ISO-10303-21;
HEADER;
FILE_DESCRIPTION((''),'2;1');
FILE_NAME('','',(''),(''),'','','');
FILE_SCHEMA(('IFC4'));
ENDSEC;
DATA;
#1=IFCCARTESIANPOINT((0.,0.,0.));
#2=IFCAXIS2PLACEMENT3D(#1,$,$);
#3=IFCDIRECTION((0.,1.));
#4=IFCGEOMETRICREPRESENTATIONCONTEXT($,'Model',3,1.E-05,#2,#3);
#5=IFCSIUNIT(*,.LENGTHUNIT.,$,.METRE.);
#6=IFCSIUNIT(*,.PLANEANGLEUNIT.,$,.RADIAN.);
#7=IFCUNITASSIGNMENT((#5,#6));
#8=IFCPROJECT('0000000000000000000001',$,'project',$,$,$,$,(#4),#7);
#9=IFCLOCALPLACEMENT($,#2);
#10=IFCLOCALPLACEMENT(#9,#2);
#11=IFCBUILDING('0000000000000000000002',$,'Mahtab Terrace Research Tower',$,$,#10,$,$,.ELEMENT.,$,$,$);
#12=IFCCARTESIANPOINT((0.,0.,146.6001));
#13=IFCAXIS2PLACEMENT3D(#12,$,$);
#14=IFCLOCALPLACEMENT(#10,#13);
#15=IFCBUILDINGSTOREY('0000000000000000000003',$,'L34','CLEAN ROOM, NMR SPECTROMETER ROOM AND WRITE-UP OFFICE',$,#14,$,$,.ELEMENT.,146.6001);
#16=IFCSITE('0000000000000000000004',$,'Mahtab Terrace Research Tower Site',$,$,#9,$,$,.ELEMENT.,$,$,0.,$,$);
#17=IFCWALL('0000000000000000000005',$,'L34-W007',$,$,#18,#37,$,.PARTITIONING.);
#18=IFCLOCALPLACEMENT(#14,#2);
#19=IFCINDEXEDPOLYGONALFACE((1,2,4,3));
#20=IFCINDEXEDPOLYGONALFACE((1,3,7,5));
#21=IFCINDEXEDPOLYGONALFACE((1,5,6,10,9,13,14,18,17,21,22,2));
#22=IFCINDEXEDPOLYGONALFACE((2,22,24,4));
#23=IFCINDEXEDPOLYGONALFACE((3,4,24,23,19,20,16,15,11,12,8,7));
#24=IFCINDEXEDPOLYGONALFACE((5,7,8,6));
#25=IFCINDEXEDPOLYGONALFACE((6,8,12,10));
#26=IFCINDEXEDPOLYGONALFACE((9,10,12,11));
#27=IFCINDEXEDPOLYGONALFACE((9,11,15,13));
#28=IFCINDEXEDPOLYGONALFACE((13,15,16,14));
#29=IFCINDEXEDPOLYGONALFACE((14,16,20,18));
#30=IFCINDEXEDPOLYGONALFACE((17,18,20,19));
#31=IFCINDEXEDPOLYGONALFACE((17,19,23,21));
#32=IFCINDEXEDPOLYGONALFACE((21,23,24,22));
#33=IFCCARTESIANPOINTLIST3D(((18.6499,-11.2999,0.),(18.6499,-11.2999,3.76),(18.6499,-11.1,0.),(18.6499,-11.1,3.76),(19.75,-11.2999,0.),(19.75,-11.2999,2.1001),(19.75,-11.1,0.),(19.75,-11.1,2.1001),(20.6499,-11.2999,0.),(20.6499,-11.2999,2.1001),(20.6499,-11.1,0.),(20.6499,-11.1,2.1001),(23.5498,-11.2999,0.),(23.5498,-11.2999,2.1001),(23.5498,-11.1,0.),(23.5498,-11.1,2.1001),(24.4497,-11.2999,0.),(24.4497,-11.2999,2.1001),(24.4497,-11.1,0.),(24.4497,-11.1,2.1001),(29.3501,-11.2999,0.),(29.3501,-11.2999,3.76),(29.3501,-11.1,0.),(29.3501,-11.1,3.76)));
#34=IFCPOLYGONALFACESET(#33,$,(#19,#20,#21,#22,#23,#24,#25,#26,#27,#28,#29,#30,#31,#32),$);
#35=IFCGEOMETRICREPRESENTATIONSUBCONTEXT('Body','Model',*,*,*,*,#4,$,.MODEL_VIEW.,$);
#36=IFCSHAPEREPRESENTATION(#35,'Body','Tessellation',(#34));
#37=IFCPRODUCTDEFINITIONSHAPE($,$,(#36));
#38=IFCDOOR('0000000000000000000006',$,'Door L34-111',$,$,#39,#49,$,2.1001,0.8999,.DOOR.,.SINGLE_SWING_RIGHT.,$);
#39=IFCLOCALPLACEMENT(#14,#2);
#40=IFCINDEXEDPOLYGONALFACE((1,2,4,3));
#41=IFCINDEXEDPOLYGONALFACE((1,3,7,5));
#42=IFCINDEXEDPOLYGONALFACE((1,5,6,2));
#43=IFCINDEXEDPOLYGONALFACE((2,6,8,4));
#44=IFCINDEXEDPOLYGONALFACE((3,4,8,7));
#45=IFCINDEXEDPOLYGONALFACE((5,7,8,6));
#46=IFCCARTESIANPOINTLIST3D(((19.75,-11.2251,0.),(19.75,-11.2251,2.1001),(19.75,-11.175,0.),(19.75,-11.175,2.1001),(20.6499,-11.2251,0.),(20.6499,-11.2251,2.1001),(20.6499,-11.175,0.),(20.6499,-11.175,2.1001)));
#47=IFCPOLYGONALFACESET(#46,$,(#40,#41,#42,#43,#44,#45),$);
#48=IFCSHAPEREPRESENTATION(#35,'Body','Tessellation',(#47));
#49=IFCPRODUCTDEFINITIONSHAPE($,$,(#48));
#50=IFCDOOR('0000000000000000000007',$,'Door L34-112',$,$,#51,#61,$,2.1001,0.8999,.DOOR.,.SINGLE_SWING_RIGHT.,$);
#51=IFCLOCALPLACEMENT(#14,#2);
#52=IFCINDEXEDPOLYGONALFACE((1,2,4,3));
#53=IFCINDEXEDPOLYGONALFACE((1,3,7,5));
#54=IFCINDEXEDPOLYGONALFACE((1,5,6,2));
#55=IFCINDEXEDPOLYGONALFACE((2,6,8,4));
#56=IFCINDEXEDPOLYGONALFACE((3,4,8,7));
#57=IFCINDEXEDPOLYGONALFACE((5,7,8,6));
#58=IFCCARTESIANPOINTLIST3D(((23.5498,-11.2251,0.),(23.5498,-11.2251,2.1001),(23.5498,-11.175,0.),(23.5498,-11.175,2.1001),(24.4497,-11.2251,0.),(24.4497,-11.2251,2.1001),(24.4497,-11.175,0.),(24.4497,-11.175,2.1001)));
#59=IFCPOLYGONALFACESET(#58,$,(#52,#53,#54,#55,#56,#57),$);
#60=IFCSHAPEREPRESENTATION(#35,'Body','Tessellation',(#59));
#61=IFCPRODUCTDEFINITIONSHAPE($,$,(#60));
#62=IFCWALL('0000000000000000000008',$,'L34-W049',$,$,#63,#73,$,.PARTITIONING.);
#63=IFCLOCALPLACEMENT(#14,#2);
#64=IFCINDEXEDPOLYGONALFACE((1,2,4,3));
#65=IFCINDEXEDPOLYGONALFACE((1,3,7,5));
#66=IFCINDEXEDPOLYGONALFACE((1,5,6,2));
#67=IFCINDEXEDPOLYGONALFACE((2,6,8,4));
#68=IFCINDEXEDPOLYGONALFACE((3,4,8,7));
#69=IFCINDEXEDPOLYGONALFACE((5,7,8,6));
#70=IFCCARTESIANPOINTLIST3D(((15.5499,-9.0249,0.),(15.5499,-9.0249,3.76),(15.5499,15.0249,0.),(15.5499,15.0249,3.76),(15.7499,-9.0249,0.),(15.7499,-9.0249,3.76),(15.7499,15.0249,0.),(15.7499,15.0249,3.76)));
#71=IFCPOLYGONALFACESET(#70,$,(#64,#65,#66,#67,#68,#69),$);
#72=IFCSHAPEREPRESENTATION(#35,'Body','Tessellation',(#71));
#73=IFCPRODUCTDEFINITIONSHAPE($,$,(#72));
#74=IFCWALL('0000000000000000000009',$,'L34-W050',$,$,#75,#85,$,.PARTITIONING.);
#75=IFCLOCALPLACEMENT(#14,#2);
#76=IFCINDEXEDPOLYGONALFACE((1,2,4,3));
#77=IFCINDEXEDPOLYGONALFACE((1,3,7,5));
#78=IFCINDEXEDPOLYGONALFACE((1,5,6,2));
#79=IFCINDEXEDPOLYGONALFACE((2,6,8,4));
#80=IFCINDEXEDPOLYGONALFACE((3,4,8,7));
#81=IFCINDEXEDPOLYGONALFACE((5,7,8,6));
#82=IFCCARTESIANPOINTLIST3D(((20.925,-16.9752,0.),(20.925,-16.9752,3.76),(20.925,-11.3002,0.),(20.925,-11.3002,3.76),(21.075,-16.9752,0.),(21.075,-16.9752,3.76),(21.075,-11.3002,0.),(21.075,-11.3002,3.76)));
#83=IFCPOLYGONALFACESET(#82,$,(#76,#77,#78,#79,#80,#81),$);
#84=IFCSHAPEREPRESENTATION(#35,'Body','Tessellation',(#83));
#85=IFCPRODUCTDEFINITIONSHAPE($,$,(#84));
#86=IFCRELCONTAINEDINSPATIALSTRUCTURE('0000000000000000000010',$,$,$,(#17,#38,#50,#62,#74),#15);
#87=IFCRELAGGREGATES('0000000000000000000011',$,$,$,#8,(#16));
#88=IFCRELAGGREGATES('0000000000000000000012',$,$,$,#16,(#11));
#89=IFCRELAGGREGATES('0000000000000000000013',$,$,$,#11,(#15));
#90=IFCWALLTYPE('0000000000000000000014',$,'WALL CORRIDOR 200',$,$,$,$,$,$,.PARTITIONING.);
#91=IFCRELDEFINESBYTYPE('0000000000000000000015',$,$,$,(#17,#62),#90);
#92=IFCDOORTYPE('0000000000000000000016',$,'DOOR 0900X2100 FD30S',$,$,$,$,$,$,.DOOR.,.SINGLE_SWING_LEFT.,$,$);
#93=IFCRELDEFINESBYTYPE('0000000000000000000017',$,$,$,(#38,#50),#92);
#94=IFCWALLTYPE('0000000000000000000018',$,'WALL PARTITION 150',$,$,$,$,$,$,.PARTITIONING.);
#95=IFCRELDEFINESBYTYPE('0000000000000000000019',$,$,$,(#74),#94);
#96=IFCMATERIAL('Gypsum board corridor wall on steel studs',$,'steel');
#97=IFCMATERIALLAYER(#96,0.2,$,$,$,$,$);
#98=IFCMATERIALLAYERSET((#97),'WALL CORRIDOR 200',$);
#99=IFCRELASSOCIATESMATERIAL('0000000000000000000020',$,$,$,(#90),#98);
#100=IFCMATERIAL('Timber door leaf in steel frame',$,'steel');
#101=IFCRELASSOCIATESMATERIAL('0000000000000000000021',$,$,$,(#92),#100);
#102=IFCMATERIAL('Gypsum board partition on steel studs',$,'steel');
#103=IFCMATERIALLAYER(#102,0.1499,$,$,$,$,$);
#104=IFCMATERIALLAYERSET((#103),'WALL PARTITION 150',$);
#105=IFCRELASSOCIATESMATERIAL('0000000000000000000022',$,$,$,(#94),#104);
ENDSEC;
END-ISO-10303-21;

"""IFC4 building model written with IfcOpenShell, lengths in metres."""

from ifc_helpers import new_model, si_unit, direction, frame, frame_2d, origin, place, context, subcontext, project, spatial, rectangle, extrude, material, layer, layer_set, type_object, element, fill, save


model = new_model("IFC4")

# Units and contexts
model_context = context("Model", 3, precision=1e-05, world=origin(), true_north=direction((0.0, 1.0)))
body_context = subcontext(model_context, "Body", "Model", "MODEL_VIEW")
ifc_project = project(units=[si_unit("LENGTHUNIT", "METRE"), si_unit("PLANEANGLEUNIT", "RADIAN")], contexts=[model_context])

# Site, building, storey
site_placement = place(None, origin())
site = spatial("IfcSite", under=ifc_project, at=site_placement, Name="Mahtab Terrace Research Tower Site", CompositionType="ELEMENT", RefElevation=0.0)
building_placement = place(site_placement, origin())
building = spatial("IfcBuilding", under=site, at=building_placement, Name="Mahtab Terrace Research Tower", CompositionType="ELEMENT")
storey_placement = place(building_placement, frame((0.0, 0.0, 146.6001)))
storey = spatial("IfcBuildingStorey", under=building, at=storey_placement, Name="L34", Description="CLEAN ROOM, NMR SPECTROMETER ROOM AND WRITE-UP OFFICE", CompositionType="ELEMENT", Elevation=146.6001)

# Wall, openings, doors
ifc_material_1 = material(Name="Gypsum board corridor wall on steel studs", Category="steel")
ifc_layer_1 = layer(ifc_material_1, 0.2)
ifc_layer_set_1 = layer_set([ifc_layer_1], Name="WALL CORRIDOR 200")
wall_type_1 = type_object("IfcWallType", Name="WALL CORRIDOR 200", PredefinedType="PARTITIONING", material=ifc_layer_set_1)
wall_1_placement = place(storey_placement, frame((18.6499, -11.2, 0.0), z_axis=(0.0, 0.0, 1.0), x_axis=(1.0, 0.0, 0.0)))
wall_1 = element("IfcWall", 1, at=wall_1_placement, inside=storey, type_object=wall_type_1, Name="L34-W007", PredefinedType="PARTITIONING", context=body_context, shape_type="SweptSolid", body=[
    extrude(rectangle(XDim=10.7002, YDim=0.2, at=frame_2d((5.3501, 0.0))), origin(), (0.0, 0.0, 1.0), 3.76),
])
opening_1_placement = place(wall_1_placement, frame((1.1001, 0.0, 0.0)))
opening_1 = element("IfcOpeningElement", 2, at=opening_1_placement, cuts=wall_1, PredefinedType="OPENING", context=body_context, shape_type="SweptSolid", body=[
    extrude(rectangle(XDim=0.8999, YDim=2.1001, at=frame_2d((0.45, 1.05))), frame((0.0, 0.1099, 0.0), z_axis=(0.0, -1.0, 0.0), x_axis=(1.0, 0.0, 0.0)), (0.0, 0.0, 1.0), 0.22),
])
opening_2_placement = place(wall_1_placement, frame((4.8999, 0.0, 0.0)))
opening_2 = element("IfcOpeningElement", 3, at=opening_2_placement, cuts=wall_1, PredefinedType="OPENING", context=body_context, shape_type="SweptSolid", body=[
    extrude(rectangle(XDim=0.8999, YDim=2.1001, at=frame_2d((0.45, 1.05))), frame((0.0, 0.1099, 0.0), z_axis=(0.0, -1.0, 0.0), x_axis=(1.0, 0.0, 0.0)), (0.0, 0.0, 1.0), 0.22),
])
ifc_material_2 = material(Name="Timber door leaf in steel frame", Category="steel")
door_type_1 = type_object("IfcDoorType", Name="DOOR 0900X2100 FD30S", OperationType="SINGLE_SWING_LEFT", PredefinedType="DOOR", material=ifc_material_2)
door_1_placement = place(opening_1_placement, origin())
door_1 = element("IfcDoor", 4, at=door_1_placement, inside=storey, type_object=door_type_1, Name="Door L34-111", OperationType="SINGLE_SWING_RIGHT", OverallHeight=2.1001, OverallWidth=0.8999, PredefinedType="DOOR", context=body_context, shape_type="SweptSolid", body=[
    extrude(rectangle(XDim=0.8999, YDim=2.1001, at=frame_2d((0.45, 1.05))), frame((0.0, 0.0249, 0.0), z_axis=(0.0, -1.0, 0.0), x_axis=(1.0, 0.0, 0.0)), (0.0, 0.0, 1.0), 0.05),
])
fill(opening_1, door_1)
door_2_placement = place(opening_2_placement, origin())
door_2 = element("IfcDoor", 5, at=door_2_placement, inside=storey, type_object=door_type_1, Name="Door L34-112", OperationType="SINGLE_SWING_RIGHT", OverallHeight=2.1001, OverallWidth=0.8999, PredefinedType="DOOR", context=body_context, shape_type="SweptSolid", body=[
    extrude(rectangle(XDim=0.8999, YDim=2.1001, at=frame_2d((0.45, 1.05))), frame((0.0, 0.0249, 0.0), z_axis=(0.0, -1.0, 0.0), x_axis=(1.0, 0.0, 0.0)), (0.0, 0.0, 1.0), 0.05),
])
fill(opening_2, door_2)

# Walls
wall_2_placement = place(storey_placement, frame((15.6499, -9.0249, 0.0), z_axis=(0.0, 0.0, 1.0), x_axis=(0.0, 1.0, 0.0)))
element("IfcWall", 6, at=wall_2_placement, inside=storey, type_object=wall_type_1, Name="L34-W049", PredefinedType="PARTITIONING", context=body_context, shape_type="SweptSolid", body=[
    extrude(rectangle(XDim=24.0498, YDim=0.2, at=frame_2d((12.0249, 0.0))), origin(), (0.0, 0.0, 1.0), 3.76),
])
ifc_material_3 = material(Name="Gypsum board partition on steel studs", Category="steel")
ifc_layer_2 = layer(ifc_material_3, 0.1499)
ifc_layer_set_2 = layer_set([ifc_layer_2], Name="WALL PARTITION 150")
wall_type_2 = type_object("IfcWallType", Name="WALL PARTITION 150", PredefinedType="PARTITIONING", material=ifc_layer_set_2)
wall_3_placement = place(storey_placement, frame((21.0, -16.9751, 0.0), z_axis=(0.0, 0.0, 1.0), x_axis=(0.0, 1.0, 0.0)))
element("IfcWall", 7, at=wall_3_placement, inside=storey, type_object=wall_type_2, Name="L34-W050", PredefinedType="PARTITIONING", context=body_context, shape_type="SweptSolid", body=[
    extrude(rectangle(XDim=5.675, YDim=0.1499, at=frame_2d((2.8374, 0.0))), origin(), (0.0, 0.0, 1.0), 3.76),
])

save(model, "model.ifc")
